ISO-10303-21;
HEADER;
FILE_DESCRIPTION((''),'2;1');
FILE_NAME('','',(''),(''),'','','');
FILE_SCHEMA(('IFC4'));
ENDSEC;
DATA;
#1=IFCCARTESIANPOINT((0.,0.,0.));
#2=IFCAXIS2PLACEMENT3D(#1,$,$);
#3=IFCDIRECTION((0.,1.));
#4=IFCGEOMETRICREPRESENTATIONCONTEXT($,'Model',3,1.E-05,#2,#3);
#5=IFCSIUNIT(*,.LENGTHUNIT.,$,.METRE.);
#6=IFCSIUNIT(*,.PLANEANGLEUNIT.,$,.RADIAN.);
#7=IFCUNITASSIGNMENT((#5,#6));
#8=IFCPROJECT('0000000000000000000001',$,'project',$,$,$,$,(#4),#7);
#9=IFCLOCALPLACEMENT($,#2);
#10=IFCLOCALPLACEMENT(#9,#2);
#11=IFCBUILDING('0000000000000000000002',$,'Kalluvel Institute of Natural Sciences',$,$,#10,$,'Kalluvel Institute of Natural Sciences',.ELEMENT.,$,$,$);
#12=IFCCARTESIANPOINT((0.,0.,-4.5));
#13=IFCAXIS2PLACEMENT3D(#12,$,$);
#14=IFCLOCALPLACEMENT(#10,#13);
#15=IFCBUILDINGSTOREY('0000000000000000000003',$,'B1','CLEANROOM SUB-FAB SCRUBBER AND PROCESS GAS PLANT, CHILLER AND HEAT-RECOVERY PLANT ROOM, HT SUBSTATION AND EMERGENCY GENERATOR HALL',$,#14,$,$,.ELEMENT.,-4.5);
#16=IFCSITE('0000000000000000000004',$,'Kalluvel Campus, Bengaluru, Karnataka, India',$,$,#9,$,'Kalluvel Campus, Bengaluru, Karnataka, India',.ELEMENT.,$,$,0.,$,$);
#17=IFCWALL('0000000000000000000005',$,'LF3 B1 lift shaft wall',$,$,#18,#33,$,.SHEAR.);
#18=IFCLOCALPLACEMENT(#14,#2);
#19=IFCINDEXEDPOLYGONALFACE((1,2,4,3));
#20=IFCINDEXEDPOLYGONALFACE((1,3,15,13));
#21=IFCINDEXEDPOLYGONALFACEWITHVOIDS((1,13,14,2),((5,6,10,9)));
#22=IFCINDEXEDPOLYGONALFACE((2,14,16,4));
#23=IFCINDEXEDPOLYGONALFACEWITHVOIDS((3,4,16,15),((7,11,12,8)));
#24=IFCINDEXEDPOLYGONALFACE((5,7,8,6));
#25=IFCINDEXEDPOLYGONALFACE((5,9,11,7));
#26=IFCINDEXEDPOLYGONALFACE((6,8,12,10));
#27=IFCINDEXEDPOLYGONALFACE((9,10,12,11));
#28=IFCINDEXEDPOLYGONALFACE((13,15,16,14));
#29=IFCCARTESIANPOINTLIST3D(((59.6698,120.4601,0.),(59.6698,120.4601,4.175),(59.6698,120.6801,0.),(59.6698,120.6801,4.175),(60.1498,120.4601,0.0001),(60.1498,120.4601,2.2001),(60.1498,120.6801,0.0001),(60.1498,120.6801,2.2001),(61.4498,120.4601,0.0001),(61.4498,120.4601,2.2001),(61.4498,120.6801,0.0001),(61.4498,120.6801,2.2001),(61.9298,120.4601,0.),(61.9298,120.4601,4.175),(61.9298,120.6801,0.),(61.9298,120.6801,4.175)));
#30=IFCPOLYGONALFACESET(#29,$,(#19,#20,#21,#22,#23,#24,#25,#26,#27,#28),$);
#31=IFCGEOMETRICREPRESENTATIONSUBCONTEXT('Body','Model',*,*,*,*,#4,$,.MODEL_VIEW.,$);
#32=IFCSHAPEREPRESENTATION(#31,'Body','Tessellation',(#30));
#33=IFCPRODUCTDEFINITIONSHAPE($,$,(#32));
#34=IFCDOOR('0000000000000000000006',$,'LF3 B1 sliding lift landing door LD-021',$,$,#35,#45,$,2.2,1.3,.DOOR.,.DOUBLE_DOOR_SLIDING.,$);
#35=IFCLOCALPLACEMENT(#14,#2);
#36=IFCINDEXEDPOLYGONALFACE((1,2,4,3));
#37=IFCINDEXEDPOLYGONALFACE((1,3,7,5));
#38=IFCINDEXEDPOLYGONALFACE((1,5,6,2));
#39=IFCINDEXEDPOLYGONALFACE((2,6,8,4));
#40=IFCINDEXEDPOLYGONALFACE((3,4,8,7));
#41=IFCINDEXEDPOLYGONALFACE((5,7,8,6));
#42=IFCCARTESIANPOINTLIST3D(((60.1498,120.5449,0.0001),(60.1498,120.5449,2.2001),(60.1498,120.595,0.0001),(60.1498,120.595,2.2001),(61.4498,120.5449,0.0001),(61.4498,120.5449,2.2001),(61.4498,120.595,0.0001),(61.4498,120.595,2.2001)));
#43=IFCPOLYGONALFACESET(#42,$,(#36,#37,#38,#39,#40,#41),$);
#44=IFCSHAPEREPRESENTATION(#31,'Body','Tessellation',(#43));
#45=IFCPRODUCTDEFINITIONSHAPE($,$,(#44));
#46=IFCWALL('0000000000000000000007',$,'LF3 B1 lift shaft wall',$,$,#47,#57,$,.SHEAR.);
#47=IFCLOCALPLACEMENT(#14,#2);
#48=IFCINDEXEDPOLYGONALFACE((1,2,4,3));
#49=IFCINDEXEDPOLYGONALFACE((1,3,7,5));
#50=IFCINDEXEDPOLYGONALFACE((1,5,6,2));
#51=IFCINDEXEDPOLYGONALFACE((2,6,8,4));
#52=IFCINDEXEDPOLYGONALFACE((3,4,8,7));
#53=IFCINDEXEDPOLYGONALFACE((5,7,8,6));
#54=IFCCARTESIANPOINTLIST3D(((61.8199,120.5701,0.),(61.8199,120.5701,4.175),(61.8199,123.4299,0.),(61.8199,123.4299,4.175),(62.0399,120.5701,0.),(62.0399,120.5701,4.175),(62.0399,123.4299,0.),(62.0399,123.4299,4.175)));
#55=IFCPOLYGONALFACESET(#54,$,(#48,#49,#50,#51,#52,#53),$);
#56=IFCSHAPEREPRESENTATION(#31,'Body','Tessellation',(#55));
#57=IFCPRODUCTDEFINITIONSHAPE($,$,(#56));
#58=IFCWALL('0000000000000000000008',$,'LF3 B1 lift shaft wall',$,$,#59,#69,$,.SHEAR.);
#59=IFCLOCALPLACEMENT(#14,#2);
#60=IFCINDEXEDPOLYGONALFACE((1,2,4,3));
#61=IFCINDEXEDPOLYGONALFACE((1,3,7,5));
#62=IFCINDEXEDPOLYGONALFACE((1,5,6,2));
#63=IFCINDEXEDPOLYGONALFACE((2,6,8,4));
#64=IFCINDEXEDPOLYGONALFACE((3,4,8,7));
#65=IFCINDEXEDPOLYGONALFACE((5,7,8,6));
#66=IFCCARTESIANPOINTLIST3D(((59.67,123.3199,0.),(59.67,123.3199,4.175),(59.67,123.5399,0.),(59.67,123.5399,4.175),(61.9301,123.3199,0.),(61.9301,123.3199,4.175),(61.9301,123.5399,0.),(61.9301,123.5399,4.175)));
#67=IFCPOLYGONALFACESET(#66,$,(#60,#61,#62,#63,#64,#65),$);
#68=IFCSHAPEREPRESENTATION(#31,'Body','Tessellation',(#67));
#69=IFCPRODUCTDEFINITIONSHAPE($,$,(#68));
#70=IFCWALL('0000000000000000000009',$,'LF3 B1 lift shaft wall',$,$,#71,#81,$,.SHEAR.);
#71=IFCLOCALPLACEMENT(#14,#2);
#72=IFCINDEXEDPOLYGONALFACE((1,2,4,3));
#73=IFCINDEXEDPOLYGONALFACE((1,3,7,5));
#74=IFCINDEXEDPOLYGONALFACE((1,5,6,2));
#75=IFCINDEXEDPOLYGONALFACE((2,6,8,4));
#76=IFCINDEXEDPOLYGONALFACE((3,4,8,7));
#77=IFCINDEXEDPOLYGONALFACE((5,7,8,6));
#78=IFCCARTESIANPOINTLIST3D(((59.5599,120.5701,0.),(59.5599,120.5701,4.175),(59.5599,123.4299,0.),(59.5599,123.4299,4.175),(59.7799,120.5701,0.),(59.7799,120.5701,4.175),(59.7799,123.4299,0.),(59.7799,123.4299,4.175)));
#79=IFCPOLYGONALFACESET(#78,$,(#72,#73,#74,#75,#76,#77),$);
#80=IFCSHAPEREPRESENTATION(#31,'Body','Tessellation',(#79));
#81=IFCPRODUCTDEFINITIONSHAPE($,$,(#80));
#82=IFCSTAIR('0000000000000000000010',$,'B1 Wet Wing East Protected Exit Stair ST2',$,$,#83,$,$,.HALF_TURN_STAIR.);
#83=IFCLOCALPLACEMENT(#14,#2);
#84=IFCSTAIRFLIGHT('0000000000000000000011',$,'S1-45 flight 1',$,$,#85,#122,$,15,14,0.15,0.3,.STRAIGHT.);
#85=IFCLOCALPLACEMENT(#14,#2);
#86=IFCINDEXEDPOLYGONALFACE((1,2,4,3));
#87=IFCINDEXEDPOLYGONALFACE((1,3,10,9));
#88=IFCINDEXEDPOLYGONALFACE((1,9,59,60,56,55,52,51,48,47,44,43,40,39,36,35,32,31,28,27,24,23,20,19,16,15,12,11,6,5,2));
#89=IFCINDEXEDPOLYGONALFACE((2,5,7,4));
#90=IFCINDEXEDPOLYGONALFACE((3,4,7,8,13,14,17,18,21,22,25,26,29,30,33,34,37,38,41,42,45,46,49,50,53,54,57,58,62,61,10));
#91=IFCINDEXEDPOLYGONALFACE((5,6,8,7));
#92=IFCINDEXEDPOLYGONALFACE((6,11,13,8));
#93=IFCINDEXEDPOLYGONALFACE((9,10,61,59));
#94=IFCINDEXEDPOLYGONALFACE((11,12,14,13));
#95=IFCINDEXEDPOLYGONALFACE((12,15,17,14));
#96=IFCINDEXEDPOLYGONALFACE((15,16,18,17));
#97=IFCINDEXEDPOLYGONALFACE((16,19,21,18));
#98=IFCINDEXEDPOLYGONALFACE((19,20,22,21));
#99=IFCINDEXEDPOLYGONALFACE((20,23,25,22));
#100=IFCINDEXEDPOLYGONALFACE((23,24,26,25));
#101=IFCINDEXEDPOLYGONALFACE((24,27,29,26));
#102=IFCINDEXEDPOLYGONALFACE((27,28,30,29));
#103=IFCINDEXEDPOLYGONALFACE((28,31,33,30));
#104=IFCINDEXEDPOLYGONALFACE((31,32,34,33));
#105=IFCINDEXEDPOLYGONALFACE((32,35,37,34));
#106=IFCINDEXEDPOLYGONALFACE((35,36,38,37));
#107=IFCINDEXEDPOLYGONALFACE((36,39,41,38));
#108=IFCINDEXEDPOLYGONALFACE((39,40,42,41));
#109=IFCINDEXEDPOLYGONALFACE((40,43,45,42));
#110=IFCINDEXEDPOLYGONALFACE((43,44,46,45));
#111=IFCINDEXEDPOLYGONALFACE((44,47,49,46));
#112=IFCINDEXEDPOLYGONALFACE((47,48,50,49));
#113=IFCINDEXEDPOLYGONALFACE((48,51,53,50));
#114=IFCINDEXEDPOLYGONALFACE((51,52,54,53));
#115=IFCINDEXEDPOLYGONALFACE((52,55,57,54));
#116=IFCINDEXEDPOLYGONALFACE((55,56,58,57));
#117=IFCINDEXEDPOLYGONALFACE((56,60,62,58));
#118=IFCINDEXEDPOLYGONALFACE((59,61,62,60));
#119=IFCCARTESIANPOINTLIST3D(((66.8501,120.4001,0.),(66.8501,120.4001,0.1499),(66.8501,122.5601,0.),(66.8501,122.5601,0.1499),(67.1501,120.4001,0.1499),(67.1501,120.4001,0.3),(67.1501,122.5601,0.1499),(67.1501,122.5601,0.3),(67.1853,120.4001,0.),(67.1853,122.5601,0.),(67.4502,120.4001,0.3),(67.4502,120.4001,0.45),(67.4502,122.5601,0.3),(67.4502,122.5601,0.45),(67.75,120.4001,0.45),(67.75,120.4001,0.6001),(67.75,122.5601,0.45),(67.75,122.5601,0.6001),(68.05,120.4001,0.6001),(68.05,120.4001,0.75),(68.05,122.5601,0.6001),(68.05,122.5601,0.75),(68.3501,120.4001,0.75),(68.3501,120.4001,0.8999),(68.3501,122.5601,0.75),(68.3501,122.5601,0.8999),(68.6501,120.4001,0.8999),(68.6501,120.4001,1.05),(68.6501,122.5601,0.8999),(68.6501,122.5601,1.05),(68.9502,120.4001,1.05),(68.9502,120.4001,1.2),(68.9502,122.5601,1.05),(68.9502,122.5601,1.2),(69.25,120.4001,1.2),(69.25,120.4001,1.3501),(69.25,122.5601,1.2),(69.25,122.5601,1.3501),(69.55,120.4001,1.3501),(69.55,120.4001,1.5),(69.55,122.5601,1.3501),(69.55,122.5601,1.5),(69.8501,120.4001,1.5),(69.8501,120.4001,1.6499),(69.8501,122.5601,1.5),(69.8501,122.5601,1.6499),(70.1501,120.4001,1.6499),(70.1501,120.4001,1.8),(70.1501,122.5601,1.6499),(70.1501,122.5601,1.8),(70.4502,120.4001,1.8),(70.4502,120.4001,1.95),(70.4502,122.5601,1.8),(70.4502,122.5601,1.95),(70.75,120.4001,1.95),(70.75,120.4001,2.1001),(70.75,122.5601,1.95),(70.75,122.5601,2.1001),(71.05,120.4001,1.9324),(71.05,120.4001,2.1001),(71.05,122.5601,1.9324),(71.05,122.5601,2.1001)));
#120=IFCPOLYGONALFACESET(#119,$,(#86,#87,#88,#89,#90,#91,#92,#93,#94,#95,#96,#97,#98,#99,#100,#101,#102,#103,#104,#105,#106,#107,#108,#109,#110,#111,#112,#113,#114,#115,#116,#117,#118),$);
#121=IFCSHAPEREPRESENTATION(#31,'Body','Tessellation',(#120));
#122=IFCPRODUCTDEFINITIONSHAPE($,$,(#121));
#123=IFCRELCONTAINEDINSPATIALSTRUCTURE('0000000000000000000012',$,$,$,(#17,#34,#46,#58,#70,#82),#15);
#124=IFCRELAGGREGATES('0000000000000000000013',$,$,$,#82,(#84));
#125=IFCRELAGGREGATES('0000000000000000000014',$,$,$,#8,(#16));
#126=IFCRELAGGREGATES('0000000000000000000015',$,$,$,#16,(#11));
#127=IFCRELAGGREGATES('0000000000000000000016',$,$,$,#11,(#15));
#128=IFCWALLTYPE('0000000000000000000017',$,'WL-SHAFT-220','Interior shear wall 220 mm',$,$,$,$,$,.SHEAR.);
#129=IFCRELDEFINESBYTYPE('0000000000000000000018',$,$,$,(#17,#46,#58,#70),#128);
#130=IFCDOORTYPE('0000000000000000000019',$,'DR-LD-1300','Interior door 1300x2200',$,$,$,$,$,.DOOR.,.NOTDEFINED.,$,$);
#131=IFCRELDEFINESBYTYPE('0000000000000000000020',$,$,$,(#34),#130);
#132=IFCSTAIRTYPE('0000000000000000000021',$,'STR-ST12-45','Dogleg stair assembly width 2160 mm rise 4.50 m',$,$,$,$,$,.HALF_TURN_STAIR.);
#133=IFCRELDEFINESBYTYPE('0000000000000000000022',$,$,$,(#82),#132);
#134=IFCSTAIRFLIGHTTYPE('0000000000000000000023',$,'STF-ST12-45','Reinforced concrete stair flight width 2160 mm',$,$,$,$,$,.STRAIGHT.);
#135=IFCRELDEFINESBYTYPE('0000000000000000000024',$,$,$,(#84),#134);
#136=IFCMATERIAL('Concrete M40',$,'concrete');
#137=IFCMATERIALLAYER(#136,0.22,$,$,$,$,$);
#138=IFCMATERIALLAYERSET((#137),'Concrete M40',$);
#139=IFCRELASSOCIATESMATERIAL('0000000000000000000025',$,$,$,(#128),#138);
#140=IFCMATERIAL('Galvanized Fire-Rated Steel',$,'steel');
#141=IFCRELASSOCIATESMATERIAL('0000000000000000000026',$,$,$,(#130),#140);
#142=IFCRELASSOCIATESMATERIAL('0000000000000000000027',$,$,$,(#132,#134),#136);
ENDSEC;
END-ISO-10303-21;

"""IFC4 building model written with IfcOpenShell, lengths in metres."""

from ifc_helpers import new_model, si_unit, direction, frame, frame_2d, origin, place, context, subcontext, project, spatial, polyline, rectangle, outline, extrude, material, layer, layer_set, type_object, element, fill, aggregate, save


model = new_model("IFC4")

# Units and contexts
model_context = context("Model", 3, precision=1e-05, world=origin(), true_north=direction((0.0, 1.0)))
body_context = subcontext(model_context, "Body", "Model", "MODEL_VIEW")
ifc_project = project(units=[si_unit("LENGTHUNIT", "METRE"), si_unit("PLANEANGLEUNIT", "RADIAN")], contexts=[model_context])

# Site, building, storey
site_placement = place(None, origin())
site = spatial("IfcSite", under=ifc_project, at=site_placement, Name="Kalluvel Campus, Bengaluru, Karnataka, India", LongName="Kalluvel Campus, Bengaluru, Karnataka, India", CompositionType="ELEMENT", RefElevation=0.0)
building_placement = place(site_placement, origin())
building = spatial("IfcBuilding", under=site, at=building_placement, Name="Kalluvel Institute of Natural Sciences", LongName="Kalluvel Institute of Natural Sciences", CompositionType="ELEMENT")
storey_placement = place(building_placement, frame((0.0, 0.0, -4.5)))
storey = spatial("IfcBuildingStorey", under=building, at=storey_placement, Name="B1", Description="CLEANROOM SUB-FAB SCRUBBER AND PROCESS GAS PLANT, CHILLER AND HEAT-RECOVERY PLANT ROOM, HT SUBSTATION AND EMERGENCY GENERATOR HALL", CompositionType="ELEMENT", Elevation=-4.5)

# Shared definitions
ifc_material_1 = material(Name="Concrete M40", Category="concrete")

# Shared definitions
ifc_material_2 = material(Name="Galvanized Fire-Rated Steel", Category="steel")

# Wall, opening, door
ifc_layer_1 = layer(ifc_material_1, 0.22)
ifc_layer_set_1 = layer_set([ifc_layer_1], Name="Concrete M40")
wall_type_1 = type_object("IfcWallType", Name="WL-SHAFT-220", Description="Interior shear wall 220 mm", PredefinedType="SHEAR", material=ifc_layer_set_1)
wall_1_placement = place(storey_placement, frame((59.6699, 120.5701, 0.0), z_axis=(0.0, 0.0, 1.0), x_axis=(1.0, 0.0, 0.0)))
wall_1 = element("IfcWall", 1, at=wall_1_placement, inside=storey, type_object=wall_type_1, Name="LF3 B1 lift shaft wall", PredefinedType="SHEAR", context=body_context, shape_type="SweptSolid", body=[
    extrude(rectangle(XDim=2.26, YDim=0.22, at=frame_2d((1.1299, 0.0))), origin(), (0.0, 0.0, 1.0), 4.175),
])
opening_1_placement = place(wall_1_placement, frame((0.48, 0.0, 0.0)))
opening_1 = element("IfcOpeningElement", 2, at=opening_1_placement, cuts=wall_1, PredefinedType="OPENING", context=body_context, shape_type="SweptSolid", body=[
    extrude(rectangle(XDim=1.3, YDim=2.2, at=frame_2d((0.6499, 1.1001))), frame((0.0, 0.1199, 0.0), z_axis=(0.0, -1.0, 0.0), x_axis=(1.0, 0.0, 0.0)), (0.0, 0.0, 1.0), 0.24),
])
door_type_1 = type_object("IfcDoorType", Name="DR-LD-1300", Description="Interior door 1300x2200", OperationType="NOTDEFINED", PredefinedType="DOOR", material=ifc_material_2)
door_1_placement = place(opening_1_placement, origin())
door_1 = element("IfcDoor", 3, at=door_1_placement, inside=storey, type_object=door_type_1, Name="LF3 B1 sliding lift landing door LD-021", OperationType="DOUBLE_DOOR_SLIDING", OverallHeight=2.2, OverallWidth=1.3, PredefinedType="DOOR", context=body_context, shape_type="SweptSolid", body=[
    extrude(rectangle(XDim=1.3, YDim=2.2, at=frame_2d((0.6499, 1.1001))), frame((0.0, 0.0249, 0.0), z_axis=(0.0, -1.0, 0.0), x_axis=(1.0, 0.0, 0.0)), (0.0, 0.0, 1.0), 0.05),
])
fill(opening_1, door_1)

# Walls
wall_2_placement = place(storey_placement, frame((61.9299, 120.5701, 0.0), z_axis=(0.0, 0.0, 1.0), x_axis=(0.0, 1.0, 0.0)))
element("IfcWall", 4, at=wall_2_placement, inside=storey, type_object=wall_type_1, Name="LF3 B1 lift shaft wall", PredefinedType="SHEAR", context=body_context, shape_type="SweptSolid", body=[
    extrude(rectangle(XDim=2.8599, YDim=0.22, at=frame_2d((1.4299, 0.0))), origin(), (0.0, 0.0, 1.0), 4.175),
])
wall_3_placement = place(storey_placement, frame((61.9299, 123.4299, 0.0), z_axis=(0.0, 0.0, 1.0), x_axis=(-1.0, 0.0, 0.0)))
element("IfcWall", 5, at=wall_3_placement, inside=storey, type_object=wall_type_1, Name="LF3 B1 lift shaft wall", PredefinedType="SHEAR", context=body_context, shape_type="SweptSolid", body=[
    extrude(rectangle(XDim=2.26, YDim=0.22, at=frame_2d((1.1299, 0.0))), origin(), (0.0, 0.0, 1.0), 4.175),
])
wall_4_placement = place(storey_placement, frame((59.6699, 123.4299, 0.0), z_axis=(0.0, 0.0, 1.0), x_axis=(0.0, -1.0, 0.0)))
element("IfcWall", 6, at=wall_4_placement, inside=storey, type_object=wall_type_1, Name="LF3 B1 lift shaft wall", PredefinedType="SHEAR", context=body_context, shape_type="SweptSolid", body=[
    extrude(rectangle(XDim=2.8599, YDim=0.22, at=frame_2d((1.4299, 0.0))), origin(), (0.0, 0.0, 1.0), 4.175),
])

# Stair, stair flight
stair_type = type_object("IfcStairType", Name="STR-ST12-45", Description="Dogleg stair assembly width 2160 mm rise 4.50 m", PredefinedType="HALF_TURN_STAIR", material=ifc_material_1)
stair_placement = place(storey_placement, origin())
stair = element("IfcStair", 7, at=stair_placement, inside=storey, type_object=stair_type, Name="B1 Wet Wing East Protected Exit Stair ST2", PredefinedType="HALF_TURN_STAIR")
stair_flight_type = type_object("IfcStairFlightType", Name="STF-ST12-45", Description="Reinforced concrete stair flight width 2160 mm", PredefinedType="STRAIGHT", material=ifc_material_1)
stair_flight_placement = place(storey_placement, frame((66.8501, 121.48, 0.0), z_axis=(0.0, 0.0, 1.0), x_axis=(1.0, 0.0, 0.0)))
stair_flight = element("IfcStairFlight", 8, at=stair_flight_placement, type_object=stair_flight_type, Name="S1-45 flight 1", NumberOfRisers=15, NumberOfTreads=14, PredefinedType="STRAIGHT", RiserHeight=0.15, TreadLength=0.3, context=body_context, shape_type="SweptSolid", body=[
    extrude(outline(polyline([(0.0, 0.0), (0.0, 0.1499), (0.3, 0.1499), (0.3, 0.3), (0.6001, 0.3), (0.6001, 0.45), (0.8999, 0.45), (0.8999, 0.6001), (1.2, 0.6001), (1.2, 0.75), (1.5, 0.75), (1.5, 0.8999), (1.8, 0.8999), (1.8, 1.05), (2.1001, 1.05), (2.1001, 1.2), (2.3999, 1.2), (2.3999, 1.3501), (2.7, 1.3501), (2.7, 1.5), (3.0, 1.5), (3.0, 1.6499), (3.3, 1.6499), (3.3, 1.8), (3.6001, 1.8), (3.6001, 1.95), (3.8999, 1.95), (3.8999, 2.1001), (4.2, 2.1001), (4.2, 2.25), (4.2, 1.9324), (0.3352, 0.0), (0.0, 0.0)])), frame((0.0, 1.0801, 0.0), z_axis=(0.0, -1.0, 0.0), x_axis=(1.0, 0.0, 0.0)), (0.0, 0.0, 1.0), 2.1599),
])
aggregate(stair, [stair_flight])

save(model, "model.ifc")
